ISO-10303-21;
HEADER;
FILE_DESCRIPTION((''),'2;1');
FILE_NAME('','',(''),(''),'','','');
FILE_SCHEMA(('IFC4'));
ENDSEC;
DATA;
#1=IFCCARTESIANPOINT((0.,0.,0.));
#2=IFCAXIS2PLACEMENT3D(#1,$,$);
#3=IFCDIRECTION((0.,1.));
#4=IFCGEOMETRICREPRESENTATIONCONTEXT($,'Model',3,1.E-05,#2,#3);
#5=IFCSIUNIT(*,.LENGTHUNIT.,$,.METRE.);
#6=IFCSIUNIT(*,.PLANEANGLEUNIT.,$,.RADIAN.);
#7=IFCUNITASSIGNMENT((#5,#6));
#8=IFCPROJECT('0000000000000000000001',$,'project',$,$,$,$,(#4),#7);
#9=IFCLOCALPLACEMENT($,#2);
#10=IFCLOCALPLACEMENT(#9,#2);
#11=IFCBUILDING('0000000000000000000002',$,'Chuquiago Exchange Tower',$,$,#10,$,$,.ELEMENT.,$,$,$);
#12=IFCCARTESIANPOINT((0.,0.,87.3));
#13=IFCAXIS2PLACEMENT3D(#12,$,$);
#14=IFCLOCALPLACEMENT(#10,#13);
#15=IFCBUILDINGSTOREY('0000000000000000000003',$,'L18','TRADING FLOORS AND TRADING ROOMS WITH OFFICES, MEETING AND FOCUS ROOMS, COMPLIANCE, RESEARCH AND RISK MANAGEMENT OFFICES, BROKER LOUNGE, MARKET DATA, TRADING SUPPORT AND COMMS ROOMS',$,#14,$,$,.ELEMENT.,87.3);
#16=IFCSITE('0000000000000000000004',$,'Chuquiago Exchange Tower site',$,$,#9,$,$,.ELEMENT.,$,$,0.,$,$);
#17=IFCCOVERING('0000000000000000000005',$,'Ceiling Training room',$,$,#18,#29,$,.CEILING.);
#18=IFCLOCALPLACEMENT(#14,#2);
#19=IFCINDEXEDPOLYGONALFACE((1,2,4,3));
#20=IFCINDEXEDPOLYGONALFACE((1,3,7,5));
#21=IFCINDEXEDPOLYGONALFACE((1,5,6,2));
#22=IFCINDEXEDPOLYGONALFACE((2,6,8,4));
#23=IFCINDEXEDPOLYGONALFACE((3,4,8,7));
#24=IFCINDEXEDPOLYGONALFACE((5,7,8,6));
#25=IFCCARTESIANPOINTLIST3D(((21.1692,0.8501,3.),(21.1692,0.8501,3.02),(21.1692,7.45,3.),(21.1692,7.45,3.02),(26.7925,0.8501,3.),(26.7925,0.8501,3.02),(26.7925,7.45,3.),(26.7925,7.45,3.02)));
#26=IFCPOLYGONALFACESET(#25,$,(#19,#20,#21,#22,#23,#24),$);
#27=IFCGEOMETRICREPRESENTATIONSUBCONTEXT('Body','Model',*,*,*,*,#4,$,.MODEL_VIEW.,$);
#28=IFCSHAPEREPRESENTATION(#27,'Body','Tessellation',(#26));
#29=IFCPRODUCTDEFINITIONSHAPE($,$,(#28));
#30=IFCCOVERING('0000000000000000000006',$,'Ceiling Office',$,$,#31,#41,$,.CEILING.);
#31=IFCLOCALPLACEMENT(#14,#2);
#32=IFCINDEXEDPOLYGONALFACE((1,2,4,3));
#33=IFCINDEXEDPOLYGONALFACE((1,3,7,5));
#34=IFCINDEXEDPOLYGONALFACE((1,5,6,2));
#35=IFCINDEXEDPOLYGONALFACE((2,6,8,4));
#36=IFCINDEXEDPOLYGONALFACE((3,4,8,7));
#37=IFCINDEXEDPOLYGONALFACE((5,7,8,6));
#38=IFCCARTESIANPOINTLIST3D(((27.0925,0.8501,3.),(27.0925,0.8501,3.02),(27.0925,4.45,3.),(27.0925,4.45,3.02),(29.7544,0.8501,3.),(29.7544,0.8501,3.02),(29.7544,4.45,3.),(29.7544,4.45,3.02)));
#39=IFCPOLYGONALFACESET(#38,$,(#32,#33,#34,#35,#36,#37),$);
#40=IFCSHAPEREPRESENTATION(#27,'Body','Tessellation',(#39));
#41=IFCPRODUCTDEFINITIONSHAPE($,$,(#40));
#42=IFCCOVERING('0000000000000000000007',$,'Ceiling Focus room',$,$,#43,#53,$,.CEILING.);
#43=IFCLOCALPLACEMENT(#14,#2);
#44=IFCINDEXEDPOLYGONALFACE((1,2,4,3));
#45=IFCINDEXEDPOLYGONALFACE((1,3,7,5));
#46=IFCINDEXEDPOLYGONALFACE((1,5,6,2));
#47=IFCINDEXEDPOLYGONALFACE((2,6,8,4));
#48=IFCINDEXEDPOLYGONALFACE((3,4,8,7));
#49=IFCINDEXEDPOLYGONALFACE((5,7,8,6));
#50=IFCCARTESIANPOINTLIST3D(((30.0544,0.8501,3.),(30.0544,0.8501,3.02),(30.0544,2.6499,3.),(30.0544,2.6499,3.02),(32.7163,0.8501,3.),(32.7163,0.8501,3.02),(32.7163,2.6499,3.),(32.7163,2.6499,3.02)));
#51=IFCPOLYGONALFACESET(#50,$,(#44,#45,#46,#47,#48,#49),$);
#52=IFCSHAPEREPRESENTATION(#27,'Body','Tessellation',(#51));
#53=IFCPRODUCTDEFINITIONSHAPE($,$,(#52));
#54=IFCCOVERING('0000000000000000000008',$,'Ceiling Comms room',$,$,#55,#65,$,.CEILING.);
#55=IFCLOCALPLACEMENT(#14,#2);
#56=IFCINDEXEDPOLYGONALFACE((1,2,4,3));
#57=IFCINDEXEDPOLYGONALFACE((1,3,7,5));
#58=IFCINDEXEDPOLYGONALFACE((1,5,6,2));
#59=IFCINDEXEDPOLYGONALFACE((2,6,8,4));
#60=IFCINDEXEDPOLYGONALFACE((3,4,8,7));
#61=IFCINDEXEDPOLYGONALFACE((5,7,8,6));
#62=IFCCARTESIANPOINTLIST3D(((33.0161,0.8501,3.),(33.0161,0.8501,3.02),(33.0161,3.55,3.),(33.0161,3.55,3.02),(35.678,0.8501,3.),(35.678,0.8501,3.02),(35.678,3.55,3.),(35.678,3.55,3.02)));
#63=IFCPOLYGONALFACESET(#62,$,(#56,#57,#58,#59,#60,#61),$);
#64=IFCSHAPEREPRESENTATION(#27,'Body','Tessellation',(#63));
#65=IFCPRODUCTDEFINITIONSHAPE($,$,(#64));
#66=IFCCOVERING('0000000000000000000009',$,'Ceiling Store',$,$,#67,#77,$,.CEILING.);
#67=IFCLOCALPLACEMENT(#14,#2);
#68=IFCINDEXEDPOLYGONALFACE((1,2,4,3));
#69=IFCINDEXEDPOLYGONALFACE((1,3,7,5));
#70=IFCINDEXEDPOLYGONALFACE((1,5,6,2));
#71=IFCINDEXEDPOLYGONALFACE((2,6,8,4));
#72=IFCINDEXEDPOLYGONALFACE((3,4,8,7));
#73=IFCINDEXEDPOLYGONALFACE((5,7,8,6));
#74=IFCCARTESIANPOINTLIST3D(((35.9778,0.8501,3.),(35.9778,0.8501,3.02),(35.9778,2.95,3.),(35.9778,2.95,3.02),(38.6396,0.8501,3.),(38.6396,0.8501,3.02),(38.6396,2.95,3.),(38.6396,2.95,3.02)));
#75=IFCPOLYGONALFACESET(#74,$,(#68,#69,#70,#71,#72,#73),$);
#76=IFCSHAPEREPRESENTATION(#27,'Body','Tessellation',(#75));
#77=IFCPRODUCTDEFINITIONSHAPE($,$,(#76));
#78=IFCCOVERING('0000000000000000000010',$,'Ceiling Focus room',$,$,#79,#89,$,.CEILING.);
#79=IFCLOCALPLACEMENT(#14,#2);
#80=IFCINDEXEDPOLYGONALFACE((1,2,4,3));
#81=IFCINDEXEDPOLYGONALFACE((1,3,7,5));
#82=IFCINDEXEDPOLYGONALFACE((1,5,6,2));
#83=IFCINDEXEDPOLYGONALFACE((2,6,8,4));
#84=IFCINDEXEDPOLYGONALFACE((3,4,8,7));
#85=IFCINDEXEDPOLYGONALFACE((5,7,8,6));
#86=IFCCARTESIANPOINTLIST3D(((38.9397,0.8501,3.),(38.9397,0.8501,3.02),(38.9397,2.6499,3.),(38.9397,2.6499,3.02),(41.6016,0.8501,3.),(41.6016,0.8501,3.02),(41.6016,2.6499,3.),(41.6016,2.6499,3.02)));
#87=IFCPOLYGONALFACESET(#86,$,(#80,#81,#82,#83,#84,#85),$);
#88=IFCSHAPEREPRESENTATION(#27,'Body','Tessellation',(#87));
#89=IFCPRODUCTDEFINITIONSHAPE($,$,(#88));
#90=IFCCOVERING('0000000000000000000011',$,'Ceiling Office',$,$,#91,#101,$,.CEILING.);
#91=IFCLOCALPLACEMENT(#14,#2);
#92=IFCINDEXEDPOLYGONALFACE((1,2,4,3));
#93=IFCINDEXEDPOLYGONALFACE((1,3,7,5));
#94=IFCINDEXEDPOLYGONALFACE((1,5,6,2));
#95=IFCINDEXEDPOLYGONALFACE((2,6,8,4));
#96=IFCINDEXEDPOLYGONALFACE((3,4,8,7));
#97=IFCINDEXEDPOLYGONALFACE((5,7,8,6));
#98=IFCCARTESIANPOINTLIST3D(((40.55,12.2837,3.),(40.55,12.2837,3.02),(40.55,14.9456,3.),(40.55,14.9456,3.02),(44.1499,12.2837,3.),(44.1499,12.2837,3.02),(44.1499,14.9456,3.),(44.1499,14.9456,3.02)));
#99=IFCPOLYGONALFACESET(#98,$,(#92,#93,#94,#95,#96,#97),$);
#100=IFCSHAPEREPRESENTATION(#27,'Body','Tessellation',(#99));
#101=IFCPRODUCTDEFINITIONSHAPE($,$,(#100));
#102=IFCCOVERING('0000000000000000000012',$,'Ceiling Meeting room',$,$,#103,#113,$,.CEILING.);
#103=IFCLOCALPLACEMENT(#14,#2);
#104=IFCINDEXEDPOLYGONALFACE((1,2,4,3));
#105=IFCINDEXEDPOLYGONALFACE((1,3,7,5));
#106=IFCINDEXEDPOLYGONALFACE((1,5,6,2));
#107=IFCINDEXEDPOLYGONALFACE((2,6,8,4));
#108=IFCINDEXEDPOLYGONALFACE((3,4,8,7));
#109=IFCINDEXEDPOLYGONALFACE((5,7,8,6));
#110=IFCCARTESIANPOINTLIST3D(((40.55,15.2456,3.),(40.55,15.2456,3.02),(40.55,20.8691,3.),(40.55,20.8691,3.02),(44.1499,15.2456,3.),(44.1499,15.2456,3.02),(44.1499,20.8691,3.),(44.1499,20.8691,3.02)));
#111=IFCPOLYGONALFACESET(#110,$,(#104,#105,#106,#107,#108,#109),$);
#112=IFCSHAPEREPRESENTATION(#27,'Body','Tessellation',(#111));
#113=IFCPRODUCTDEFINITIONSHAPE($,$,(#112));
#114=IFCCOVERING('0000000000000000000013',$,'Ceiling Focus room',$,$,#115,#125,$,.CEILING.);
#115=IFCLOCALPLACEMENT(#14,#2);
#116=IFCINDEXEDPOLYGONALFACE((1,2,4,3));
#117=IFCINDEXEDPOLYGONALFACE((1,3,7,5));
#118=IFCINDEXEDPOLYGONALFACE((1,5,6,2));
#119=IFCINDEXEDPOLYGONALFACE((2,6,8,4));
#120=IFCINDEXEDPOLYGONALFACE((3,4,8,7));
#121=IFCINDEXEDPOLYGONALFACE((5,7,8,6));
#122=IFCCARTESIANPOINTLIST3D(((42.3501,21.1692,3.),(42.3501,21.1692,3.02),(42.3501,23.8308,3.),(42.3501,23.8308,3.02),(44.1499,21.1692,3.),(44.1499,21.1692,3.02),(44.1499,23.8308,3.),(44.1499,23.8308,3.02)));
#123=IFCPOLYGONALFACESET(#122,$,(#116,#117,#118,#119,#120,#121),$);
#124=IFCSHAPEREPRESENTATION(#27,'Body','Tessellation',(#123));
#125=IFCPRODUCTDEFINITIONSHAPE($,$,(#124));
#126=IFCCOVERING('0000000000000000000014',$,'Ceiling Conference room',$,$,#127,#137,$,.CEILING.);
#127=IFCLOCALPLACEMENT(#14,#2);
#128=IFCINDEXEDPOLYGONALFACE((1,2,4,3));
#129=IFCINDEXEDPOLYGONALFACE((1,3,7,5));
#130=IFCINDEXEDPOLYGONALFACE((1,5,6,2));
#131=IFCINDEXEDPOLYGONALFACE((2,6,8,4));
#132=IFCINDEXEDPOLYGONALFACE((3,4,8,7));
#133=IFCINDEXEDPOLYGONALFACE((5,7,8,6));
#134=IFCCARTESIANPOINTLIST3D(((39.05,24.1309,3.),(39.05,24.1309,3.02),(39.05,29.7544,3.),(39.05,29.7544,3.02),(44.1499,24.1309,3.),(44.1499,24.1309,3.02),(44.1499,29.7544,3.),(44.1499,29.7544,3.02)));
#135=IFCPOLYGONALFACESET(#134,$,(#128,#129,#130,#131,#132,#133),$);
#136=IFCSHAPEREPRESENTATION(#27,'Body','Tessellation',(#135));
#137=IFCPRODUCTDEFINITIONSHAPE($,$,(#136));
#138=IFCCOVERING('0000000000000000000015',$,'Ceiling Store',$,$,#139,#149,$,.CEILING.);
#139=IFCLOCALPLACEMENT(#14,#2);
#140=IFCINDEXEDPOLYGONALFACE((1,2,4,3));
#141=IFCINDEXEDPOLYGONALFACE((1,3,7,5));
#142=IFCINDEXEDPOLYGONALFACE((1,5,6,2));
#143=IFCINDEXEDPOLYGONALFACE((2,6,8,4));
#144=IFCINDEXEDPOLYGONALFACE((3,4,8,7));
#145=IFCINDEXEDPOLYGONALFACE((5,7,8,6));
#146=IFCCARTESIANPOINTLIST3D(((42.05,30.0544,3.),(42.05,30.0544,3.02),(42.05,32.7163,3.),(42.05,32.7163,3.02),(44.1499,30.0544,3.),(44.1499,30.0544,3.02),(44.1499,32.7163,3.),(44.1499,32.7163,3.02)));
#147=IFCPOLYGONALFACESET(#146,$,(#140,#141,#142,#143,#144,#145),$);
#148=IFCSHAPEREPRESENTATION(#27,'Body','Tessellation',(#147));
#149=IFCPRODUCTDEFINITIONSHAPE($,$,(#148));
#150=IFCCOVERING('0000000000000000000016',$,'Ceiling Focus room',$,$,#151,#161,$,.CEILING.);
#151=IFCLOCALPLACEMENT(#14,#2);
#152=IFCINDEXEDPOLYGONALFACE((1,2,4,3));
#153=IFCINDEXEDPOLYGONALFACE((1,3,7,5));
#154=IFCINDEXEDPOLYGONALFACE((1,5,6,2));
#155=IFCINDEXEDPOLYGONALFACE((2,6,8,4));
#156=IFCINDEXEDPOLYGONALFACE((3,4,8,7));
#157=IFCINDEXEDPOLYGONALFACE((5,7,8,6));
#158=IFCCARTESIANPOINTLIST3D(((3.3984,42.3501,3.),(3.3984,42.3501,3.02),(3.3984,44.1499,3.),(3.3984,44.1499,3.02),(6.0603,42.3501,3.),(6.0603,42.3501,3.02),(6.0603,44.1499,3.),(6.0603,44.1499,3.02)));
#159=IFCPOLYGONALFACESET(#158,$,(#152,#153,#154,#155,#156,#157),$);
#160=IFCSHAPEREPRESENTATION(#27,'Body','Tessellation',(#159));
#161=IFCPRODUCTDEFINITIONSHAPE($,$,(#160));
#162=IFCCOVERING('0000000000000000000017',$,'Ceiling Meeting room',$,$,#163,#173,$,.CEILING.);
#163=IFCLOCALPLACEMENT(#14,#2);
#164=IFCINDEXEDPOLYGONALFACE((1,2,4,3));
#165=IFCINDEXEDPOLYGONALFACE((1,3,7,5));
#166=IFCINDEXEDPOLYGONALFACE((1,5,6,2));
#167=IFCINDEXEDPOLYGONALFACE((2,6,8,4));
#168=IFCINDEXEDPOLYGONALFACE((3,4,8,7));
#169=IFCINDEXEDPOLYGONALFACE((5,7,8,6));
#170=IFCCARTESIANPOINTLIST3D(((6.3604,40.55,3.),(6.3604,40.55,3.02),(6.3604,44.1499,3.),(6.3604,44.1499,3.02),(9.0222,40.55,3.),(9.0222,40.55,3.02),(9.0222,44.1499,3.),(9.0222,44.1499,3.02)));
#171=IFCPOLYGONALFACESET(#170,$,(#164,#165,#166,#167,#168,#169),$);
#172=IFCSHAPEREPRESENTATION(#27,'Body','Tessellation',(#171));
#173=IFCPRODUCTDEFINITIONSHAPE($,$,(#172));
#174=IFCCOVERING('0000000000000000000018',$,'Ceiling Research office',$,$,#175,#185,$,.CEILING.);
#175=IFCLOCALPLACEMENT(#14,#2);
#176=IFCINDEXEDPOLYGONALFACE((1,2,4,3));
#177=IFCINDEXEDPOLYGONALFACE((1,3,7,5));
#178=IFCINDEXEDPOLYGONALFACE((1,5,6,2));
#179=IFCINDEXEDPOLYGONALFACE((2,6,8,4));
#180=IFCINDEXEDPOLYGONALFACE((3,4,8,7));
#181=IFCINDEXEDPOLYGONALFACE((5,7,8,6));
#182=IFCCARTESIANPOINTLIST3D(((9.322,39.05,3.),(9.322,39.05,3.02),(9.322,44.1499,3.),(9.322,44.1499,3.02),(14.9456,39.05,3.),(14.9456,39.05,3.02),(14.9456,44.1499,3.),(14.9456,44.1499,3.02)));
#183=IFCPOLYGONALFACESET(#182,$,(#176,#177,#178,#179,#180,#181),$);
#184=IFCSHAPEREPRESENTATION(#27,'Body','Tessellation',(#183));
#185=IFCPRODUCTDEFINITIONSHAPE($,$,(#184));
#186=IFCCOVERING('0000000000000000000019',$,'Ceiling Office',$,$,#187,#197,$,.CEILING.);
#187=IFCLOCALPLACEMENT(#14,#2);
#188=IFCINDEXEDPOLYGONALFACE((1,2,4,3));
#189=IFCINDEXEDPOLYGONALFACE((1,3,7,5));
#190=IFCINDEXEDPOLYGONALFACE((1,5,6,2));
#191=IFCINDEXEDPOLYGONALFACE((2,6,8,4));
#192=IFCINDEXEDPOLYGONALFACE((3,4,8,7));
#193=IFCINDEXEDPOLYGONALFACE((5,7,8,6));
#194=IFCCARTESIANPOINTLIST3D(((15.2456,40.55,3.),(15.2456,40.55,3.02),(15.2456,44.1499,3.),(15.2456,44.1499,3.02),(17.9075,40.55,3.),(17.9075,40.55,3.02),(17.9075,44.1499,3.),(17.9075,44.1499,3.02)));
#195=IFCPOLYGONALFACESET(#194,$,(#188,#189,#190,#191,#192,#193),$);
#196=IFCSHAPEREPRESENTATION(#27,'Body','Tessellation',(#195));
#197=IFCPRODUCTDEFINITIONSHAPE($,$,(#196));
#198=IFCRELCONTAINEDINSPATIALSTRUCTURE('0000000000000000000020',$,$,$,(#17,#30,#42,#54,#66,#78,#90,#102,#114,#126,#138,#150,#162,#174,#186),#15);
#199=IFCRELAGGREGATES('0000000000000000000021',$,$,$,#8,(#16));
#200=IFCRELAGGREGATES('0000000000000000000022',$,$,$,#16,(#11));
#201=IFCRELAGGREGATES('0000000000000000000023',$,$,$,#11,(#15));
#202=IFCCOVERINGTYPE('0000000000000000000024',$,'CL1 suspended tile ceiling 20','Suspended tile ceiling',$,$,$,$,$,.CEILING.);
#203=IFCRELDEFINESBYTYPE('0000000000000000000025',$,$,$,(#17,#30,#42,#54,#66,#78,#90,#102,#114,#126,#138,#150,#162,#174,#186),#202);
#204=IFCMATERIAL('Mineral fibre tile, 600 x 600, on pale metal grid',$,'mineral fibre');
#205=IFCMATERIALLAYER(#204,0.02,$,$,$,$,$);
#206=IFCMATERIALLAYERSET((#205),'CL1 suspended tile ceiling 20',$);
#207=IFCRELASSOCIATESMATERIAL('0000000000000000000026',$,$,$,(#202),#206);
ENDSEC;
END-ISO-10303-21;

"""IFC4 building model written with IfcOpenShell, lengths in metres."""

from ifc_helpers import new_model, si_unit, direction, frame, origin, place, context, subcontext, project, spatial, polyline, outline, extrude, material, layer, layer_set, type_object, element, save


model = new_model("IFC4")

# Units and contexts
model_context = context("Model", 3, precision=1e-05, world=origin(), true_north=direction((0.0, 1.0)))
body_context = subcontext(model_context, "Body", "Model", "MODEL_VIEW")
ifc_project = project(units=[si_unit("LENGTHUNIT", "METRE"), si_unit("PLANEANGLEUNIT", "RADIAN")], contexts=[model_context])

# Site, building, storey
site_placement = place(None, origin())
site = spatial("IfcSite", under=ifc_project, at=site_placement, Name="Chuquiago Exchange Tower site", CompositionType="ELEMENT", RefElevation=0.0)
building_placement = place(site_placement, origin())
building = spatial("IfcBuilding", under=site, at=building_placement, Name="Chuquiago Exchange Tower", CompositionType="ELEMENT")
storey_placement = place(building_placement, frame((0.0, 0.0, 87.3)))
storey = spatial("IfcBuildingStorey", under=building, at=storey_placement, Name="L18", Description="TRADING FLOORS AND TRADING ROOMS WITH OFFICES, MEETING AND FOCUS ROOMS, COMPLIANCE, RESEARCH AND RISK MANAGEMENT OFFICES, BROKER LOUNGE, MARKET DATA, TRADING SUPPORT AND COMMS ROOMS", CompositionType="ELEMENT", Elevation=87.3)

# Coverings
ifc_material_1 = material(Name="Mineral fibre tile, 600 x 600, on pale metal grid", Category="mineral fibre")
ifc_layer_1 = layer(ifc_material_1, 0.02)
ifc_layer_set_1 = layer_set([ifc_layer_1], Name="CL1 suspended tile ceiling 20")
covering_type_1 = type_object("IfcCoveringType", Name="CL1 suspended tile ceiling 20", Description="Suspended tile ceiling", PredefinedType="CEILING", material=ifc_layer_set_1)
covering_1_placement = place(storey_placement, frame((0.0, 0.0, 3.0)))
element("IfcCovering", 1, at=covering_1_placement, inside=storey, type_object=covering_type_1, Name="Ceiling Training room", PredefinedType="CEILING", context=body_context, shape_type="SweptSolid", body=[
    extrude(outline(polyline([(21.1692, 7.45), (26.7925, 7.45), (26.7925, 0.8501), (21.1692, 0.8501), (21.1692, 7.45)])), origin(), (0.0, 0.0, 1.0), 0.02),
])
covering_2_placement = place(storey_placement, frame((0.0, 0.0, 3.0)))
element("IfcCovering", 2, at=covering_2_placement, inside=storey, type_object=covering_type_1, Name="Ceiling Office", PredefinedType="CEILING", context=body_context, shape_type="SweptSolid", body=[
    extrude(outline(polyline([(27.0925, 4.45), (29.7544, 4.45), (29.7544, 0.8501), (27.0925, 0.8501), (27.0925, 4.45)])), origin(), (0.0, 0.0, 1.0), 0.02),
])
covering_3_placement = place(storey_placement, frame((0.0, 0.0, 3.0)))
element("IfcCovering", 3, at=covering_3_placement, inside=storey, type_object=covering_type_1, Name="Ceiling Focus room", PredefinedType="CEILING", context=body_context, shape_type="SweptSolid", body=[
    extrude(outline(polyline([(30.0544, 2.6499), (32.7163, 2.6499), (32.7163, 0.8501), (30.0544, 0.8501), (30.0544, 2.6499)])), origin(), (0.0, 0.0, 1.0), 0.02),
])
covering_4_placement = place(storey_placement, frame((0.0, 0.0, 3.0)))
element("IfcCovering", 4, at=covering_4_placement, inside=storey, type_object=covering_type_1, Name="Ceiling Comms room", PredefinedType="CEILING", context=body_context, shape_type="SweptSolid", body=[
    extrude(outline(polyline([(33.0161, 3.55), (35.678, 3.55), (35.678, 0.8501), (33.0161, 0.8501), (33.0161, 3.55)])), origin(), (0.0, 0.0, 1.0), 0.02),
])
covering_5_placement = place(storey_placement, frame((0.0, 0.0, 3.0)))
element("IfcCovering", 5, at=covering_5_placement, inside=storey, type_object=covering_type_1, Name="Ceiling Store", PredefinedType="CEILING", context=body_context, shape_type="SweptSolid", body=[
    extrude(outline(polyline([(35.9778, 2.95), (38.6396, 2.95), (38.6396, 0.8501), (35.9778, 0.8501), (35.9778, 2.95)])), origin(), (0.0, 0.0, 1.0), 0.02),
])
covering_6_placement = place(storey_placement, frame((0.0, 0.0, 3.0)))
element("IfcCovering", 6, at=covering_6_placement, inside=storey, type_object=covering_type_1, Name="Ceiling Focus room", PredefinedType="CEILING", context=body_context, shape_type="SweptSolid", body=[
    extrude(outline(polyline([(38.9397, 0.8501), (38.9397, 2.6499), (41.6016, 2.6499), (41.6016, 0.8501), (38.9397, 0.8501)])), origin(), (0.0, 0.0, 1.0), 0.02),
])
covering_7_placement = place(storey_placement, frame((0.0, 0.0, 3.0)))
element("IfcCovering", 7, at=covering_7_placement, inside=storey, type_object=covering_type_1, Name="Ceiling Office", PredefinedType="CEILING", context=body_context, shape_type="SweptSolid", body=[
    extrude(outline(polyline([(40.55, 12.2837), (40.55, 14.9456), (44.1499, 14.9456), (44.1499, 12.2837), (40.55, 12.2837)])), origin(), (0.0, 0.0, 1.0), 0.02),
])
covering_8_placement = place(storey_placement, frame((0.0, 0.0, 3.0)))
element("IfcCovering", 8, at=covering_8_placement, inside=storey, type_object=covering_type_1, Name="Ceiling Meeting room", PredefinedType="CEILING", context=body_context, shape_type="SweptSolid", body=[
    extrude(outline(polyline([(40.55, 15.2456), (40.55, 20.8691), (44.1499, 20.8691), (44.1499, 15.2456), (40.55, 15.2456)])), origin(), (0.0, 0.0, 1.0), 0.02),
])
covering_9_placement = place(storey_placement, frame((0.0, 0.0, 3.0)))
element("IfcCovering", 9, at=covering_9_placement, inside=storey, type_object=covering_type_1, Name="Ceiling Focus room", PredefinedType="CEILING", context=body_context, shape_type="SweptSolid", body=[
    extrude(outline(polyline([(42.3501, 21.1692), (42.3501, 23.8308), (44.1499, 23.8308), (44.1499, 21.1692), (42.3501, 21.1692)])), origin(), (0.0, 0.0, 1.0), 0.02),
])
covering_10_placement = place(storey_placement, frame((0.0, 0.0, 3.0)))
element("IfcCovering", 10, at=covering_10_placement, inside=storey, type_object=covering_type_1, Name="Ceiling Conference room", PredefinedType="CEILING", context=body_context, shape_type="SweptSolid", body=[
    extrude(outline(polyline([(39.05, 24.1309), (39.05, 29.7544), (44.1499, 29.7544), (44.1499, 24.1309), (39.05, 24.1309)])), origin(), (0.0, 0.0, 1.0), 0.02),
])
covering_11_placement = place(storey_placement, frame((0.0, 0.0, 3.0)))
element("IfcCovering", 11, at=covering_11_placement, inside=storey, type_object=covering_type_1, Name="Ceiling Store", PredefinedType="CEILING", context=body_context, shape_type="SweptSolid", body=[
    extrude(outline(polyline([(42.05, 30.0544), (42.05, 32.7163), (44.1499, 32.7163), (44.1499, 30.0544), (42.05, 30.0544)])), origin(), (0.0, 0.0, 1.0), 0.02),
])
covering_12_placement = place(storey_placement, frame((0.0, 0.0, 3.0)))
element("IfcCovering", 12, at=covering_12_placement, inside=storey, type_object=covering_type_1, Name="Ceiling Focus room", PredefinedType="CEILING", context=body_context, shape_type="SweptSolid", body=[
    extrude(outline(polyline([(6.0603, 44.1499), (6.0603, 42.3501), (3.3984, 42.3501), (3.3984, 44.1499), (6.0603, 44.1499)])), origin(), (0.0, 0.0, 1.0), 0.02),
])
covering_13_placement = place(storey_placement, frame((0.0, 0.0, 3.0)))
element("IfcCovering", 13, at=covering_13_placement, inside=storey, type_object=covering_type_1, Name="Ceiling Meeting room", PredefinedType="CEILING", context=body_context, shape_type="SweptSolid", body=[
    extrude(outline(polyline([(9.0222, 40.55), (6.3604, 40.55), (6.3604, 44.1499), (9.0222, 44.1499), (9.0222, 40.55)])), origin(), (0.0, 0.0, 1.0), 0.02),
])
covering_14_placement = place(storey_placement, frame((0.0, 0.0, 3.0)))
element("IfcCovering", 14, at=covering_14_placement, inside=storey, type_object=covering_type_1, Name="Ceiling Research office", PredefinedType="CEILING", context=body_context, shape_type="SweptSolid", body=[
    extrude(outline(polyline([(14.9456, 39.05), (9.322, 39.05), (9.322, 44.1499), (14.9456, 44.1499), (14.9456, 39.05)])), origin(), (0.0, 0.0, 1.0), 0.02),
])
covering_15_placement = place(storey_placement, frame((0.0, 0.0, 3.0)))
element("IfcCovering", 15, at=covering_15_placement, inside=storey, type_object=covering_type_1, Name="Ceiling Office", PredefinedType="CEILING", context=body_context, shape_type="SweptSolid", body=[
    extrude(outline(polyline([(17.9075, 40.55), (15.2456, 40.55), (15.2456, 44.1499), (17.9075, 44.1499), (17.9075, 40.55)])), origin(), (0.0, 0.0, 1.0), 0.02),
])

save(model, "model.ifc")
